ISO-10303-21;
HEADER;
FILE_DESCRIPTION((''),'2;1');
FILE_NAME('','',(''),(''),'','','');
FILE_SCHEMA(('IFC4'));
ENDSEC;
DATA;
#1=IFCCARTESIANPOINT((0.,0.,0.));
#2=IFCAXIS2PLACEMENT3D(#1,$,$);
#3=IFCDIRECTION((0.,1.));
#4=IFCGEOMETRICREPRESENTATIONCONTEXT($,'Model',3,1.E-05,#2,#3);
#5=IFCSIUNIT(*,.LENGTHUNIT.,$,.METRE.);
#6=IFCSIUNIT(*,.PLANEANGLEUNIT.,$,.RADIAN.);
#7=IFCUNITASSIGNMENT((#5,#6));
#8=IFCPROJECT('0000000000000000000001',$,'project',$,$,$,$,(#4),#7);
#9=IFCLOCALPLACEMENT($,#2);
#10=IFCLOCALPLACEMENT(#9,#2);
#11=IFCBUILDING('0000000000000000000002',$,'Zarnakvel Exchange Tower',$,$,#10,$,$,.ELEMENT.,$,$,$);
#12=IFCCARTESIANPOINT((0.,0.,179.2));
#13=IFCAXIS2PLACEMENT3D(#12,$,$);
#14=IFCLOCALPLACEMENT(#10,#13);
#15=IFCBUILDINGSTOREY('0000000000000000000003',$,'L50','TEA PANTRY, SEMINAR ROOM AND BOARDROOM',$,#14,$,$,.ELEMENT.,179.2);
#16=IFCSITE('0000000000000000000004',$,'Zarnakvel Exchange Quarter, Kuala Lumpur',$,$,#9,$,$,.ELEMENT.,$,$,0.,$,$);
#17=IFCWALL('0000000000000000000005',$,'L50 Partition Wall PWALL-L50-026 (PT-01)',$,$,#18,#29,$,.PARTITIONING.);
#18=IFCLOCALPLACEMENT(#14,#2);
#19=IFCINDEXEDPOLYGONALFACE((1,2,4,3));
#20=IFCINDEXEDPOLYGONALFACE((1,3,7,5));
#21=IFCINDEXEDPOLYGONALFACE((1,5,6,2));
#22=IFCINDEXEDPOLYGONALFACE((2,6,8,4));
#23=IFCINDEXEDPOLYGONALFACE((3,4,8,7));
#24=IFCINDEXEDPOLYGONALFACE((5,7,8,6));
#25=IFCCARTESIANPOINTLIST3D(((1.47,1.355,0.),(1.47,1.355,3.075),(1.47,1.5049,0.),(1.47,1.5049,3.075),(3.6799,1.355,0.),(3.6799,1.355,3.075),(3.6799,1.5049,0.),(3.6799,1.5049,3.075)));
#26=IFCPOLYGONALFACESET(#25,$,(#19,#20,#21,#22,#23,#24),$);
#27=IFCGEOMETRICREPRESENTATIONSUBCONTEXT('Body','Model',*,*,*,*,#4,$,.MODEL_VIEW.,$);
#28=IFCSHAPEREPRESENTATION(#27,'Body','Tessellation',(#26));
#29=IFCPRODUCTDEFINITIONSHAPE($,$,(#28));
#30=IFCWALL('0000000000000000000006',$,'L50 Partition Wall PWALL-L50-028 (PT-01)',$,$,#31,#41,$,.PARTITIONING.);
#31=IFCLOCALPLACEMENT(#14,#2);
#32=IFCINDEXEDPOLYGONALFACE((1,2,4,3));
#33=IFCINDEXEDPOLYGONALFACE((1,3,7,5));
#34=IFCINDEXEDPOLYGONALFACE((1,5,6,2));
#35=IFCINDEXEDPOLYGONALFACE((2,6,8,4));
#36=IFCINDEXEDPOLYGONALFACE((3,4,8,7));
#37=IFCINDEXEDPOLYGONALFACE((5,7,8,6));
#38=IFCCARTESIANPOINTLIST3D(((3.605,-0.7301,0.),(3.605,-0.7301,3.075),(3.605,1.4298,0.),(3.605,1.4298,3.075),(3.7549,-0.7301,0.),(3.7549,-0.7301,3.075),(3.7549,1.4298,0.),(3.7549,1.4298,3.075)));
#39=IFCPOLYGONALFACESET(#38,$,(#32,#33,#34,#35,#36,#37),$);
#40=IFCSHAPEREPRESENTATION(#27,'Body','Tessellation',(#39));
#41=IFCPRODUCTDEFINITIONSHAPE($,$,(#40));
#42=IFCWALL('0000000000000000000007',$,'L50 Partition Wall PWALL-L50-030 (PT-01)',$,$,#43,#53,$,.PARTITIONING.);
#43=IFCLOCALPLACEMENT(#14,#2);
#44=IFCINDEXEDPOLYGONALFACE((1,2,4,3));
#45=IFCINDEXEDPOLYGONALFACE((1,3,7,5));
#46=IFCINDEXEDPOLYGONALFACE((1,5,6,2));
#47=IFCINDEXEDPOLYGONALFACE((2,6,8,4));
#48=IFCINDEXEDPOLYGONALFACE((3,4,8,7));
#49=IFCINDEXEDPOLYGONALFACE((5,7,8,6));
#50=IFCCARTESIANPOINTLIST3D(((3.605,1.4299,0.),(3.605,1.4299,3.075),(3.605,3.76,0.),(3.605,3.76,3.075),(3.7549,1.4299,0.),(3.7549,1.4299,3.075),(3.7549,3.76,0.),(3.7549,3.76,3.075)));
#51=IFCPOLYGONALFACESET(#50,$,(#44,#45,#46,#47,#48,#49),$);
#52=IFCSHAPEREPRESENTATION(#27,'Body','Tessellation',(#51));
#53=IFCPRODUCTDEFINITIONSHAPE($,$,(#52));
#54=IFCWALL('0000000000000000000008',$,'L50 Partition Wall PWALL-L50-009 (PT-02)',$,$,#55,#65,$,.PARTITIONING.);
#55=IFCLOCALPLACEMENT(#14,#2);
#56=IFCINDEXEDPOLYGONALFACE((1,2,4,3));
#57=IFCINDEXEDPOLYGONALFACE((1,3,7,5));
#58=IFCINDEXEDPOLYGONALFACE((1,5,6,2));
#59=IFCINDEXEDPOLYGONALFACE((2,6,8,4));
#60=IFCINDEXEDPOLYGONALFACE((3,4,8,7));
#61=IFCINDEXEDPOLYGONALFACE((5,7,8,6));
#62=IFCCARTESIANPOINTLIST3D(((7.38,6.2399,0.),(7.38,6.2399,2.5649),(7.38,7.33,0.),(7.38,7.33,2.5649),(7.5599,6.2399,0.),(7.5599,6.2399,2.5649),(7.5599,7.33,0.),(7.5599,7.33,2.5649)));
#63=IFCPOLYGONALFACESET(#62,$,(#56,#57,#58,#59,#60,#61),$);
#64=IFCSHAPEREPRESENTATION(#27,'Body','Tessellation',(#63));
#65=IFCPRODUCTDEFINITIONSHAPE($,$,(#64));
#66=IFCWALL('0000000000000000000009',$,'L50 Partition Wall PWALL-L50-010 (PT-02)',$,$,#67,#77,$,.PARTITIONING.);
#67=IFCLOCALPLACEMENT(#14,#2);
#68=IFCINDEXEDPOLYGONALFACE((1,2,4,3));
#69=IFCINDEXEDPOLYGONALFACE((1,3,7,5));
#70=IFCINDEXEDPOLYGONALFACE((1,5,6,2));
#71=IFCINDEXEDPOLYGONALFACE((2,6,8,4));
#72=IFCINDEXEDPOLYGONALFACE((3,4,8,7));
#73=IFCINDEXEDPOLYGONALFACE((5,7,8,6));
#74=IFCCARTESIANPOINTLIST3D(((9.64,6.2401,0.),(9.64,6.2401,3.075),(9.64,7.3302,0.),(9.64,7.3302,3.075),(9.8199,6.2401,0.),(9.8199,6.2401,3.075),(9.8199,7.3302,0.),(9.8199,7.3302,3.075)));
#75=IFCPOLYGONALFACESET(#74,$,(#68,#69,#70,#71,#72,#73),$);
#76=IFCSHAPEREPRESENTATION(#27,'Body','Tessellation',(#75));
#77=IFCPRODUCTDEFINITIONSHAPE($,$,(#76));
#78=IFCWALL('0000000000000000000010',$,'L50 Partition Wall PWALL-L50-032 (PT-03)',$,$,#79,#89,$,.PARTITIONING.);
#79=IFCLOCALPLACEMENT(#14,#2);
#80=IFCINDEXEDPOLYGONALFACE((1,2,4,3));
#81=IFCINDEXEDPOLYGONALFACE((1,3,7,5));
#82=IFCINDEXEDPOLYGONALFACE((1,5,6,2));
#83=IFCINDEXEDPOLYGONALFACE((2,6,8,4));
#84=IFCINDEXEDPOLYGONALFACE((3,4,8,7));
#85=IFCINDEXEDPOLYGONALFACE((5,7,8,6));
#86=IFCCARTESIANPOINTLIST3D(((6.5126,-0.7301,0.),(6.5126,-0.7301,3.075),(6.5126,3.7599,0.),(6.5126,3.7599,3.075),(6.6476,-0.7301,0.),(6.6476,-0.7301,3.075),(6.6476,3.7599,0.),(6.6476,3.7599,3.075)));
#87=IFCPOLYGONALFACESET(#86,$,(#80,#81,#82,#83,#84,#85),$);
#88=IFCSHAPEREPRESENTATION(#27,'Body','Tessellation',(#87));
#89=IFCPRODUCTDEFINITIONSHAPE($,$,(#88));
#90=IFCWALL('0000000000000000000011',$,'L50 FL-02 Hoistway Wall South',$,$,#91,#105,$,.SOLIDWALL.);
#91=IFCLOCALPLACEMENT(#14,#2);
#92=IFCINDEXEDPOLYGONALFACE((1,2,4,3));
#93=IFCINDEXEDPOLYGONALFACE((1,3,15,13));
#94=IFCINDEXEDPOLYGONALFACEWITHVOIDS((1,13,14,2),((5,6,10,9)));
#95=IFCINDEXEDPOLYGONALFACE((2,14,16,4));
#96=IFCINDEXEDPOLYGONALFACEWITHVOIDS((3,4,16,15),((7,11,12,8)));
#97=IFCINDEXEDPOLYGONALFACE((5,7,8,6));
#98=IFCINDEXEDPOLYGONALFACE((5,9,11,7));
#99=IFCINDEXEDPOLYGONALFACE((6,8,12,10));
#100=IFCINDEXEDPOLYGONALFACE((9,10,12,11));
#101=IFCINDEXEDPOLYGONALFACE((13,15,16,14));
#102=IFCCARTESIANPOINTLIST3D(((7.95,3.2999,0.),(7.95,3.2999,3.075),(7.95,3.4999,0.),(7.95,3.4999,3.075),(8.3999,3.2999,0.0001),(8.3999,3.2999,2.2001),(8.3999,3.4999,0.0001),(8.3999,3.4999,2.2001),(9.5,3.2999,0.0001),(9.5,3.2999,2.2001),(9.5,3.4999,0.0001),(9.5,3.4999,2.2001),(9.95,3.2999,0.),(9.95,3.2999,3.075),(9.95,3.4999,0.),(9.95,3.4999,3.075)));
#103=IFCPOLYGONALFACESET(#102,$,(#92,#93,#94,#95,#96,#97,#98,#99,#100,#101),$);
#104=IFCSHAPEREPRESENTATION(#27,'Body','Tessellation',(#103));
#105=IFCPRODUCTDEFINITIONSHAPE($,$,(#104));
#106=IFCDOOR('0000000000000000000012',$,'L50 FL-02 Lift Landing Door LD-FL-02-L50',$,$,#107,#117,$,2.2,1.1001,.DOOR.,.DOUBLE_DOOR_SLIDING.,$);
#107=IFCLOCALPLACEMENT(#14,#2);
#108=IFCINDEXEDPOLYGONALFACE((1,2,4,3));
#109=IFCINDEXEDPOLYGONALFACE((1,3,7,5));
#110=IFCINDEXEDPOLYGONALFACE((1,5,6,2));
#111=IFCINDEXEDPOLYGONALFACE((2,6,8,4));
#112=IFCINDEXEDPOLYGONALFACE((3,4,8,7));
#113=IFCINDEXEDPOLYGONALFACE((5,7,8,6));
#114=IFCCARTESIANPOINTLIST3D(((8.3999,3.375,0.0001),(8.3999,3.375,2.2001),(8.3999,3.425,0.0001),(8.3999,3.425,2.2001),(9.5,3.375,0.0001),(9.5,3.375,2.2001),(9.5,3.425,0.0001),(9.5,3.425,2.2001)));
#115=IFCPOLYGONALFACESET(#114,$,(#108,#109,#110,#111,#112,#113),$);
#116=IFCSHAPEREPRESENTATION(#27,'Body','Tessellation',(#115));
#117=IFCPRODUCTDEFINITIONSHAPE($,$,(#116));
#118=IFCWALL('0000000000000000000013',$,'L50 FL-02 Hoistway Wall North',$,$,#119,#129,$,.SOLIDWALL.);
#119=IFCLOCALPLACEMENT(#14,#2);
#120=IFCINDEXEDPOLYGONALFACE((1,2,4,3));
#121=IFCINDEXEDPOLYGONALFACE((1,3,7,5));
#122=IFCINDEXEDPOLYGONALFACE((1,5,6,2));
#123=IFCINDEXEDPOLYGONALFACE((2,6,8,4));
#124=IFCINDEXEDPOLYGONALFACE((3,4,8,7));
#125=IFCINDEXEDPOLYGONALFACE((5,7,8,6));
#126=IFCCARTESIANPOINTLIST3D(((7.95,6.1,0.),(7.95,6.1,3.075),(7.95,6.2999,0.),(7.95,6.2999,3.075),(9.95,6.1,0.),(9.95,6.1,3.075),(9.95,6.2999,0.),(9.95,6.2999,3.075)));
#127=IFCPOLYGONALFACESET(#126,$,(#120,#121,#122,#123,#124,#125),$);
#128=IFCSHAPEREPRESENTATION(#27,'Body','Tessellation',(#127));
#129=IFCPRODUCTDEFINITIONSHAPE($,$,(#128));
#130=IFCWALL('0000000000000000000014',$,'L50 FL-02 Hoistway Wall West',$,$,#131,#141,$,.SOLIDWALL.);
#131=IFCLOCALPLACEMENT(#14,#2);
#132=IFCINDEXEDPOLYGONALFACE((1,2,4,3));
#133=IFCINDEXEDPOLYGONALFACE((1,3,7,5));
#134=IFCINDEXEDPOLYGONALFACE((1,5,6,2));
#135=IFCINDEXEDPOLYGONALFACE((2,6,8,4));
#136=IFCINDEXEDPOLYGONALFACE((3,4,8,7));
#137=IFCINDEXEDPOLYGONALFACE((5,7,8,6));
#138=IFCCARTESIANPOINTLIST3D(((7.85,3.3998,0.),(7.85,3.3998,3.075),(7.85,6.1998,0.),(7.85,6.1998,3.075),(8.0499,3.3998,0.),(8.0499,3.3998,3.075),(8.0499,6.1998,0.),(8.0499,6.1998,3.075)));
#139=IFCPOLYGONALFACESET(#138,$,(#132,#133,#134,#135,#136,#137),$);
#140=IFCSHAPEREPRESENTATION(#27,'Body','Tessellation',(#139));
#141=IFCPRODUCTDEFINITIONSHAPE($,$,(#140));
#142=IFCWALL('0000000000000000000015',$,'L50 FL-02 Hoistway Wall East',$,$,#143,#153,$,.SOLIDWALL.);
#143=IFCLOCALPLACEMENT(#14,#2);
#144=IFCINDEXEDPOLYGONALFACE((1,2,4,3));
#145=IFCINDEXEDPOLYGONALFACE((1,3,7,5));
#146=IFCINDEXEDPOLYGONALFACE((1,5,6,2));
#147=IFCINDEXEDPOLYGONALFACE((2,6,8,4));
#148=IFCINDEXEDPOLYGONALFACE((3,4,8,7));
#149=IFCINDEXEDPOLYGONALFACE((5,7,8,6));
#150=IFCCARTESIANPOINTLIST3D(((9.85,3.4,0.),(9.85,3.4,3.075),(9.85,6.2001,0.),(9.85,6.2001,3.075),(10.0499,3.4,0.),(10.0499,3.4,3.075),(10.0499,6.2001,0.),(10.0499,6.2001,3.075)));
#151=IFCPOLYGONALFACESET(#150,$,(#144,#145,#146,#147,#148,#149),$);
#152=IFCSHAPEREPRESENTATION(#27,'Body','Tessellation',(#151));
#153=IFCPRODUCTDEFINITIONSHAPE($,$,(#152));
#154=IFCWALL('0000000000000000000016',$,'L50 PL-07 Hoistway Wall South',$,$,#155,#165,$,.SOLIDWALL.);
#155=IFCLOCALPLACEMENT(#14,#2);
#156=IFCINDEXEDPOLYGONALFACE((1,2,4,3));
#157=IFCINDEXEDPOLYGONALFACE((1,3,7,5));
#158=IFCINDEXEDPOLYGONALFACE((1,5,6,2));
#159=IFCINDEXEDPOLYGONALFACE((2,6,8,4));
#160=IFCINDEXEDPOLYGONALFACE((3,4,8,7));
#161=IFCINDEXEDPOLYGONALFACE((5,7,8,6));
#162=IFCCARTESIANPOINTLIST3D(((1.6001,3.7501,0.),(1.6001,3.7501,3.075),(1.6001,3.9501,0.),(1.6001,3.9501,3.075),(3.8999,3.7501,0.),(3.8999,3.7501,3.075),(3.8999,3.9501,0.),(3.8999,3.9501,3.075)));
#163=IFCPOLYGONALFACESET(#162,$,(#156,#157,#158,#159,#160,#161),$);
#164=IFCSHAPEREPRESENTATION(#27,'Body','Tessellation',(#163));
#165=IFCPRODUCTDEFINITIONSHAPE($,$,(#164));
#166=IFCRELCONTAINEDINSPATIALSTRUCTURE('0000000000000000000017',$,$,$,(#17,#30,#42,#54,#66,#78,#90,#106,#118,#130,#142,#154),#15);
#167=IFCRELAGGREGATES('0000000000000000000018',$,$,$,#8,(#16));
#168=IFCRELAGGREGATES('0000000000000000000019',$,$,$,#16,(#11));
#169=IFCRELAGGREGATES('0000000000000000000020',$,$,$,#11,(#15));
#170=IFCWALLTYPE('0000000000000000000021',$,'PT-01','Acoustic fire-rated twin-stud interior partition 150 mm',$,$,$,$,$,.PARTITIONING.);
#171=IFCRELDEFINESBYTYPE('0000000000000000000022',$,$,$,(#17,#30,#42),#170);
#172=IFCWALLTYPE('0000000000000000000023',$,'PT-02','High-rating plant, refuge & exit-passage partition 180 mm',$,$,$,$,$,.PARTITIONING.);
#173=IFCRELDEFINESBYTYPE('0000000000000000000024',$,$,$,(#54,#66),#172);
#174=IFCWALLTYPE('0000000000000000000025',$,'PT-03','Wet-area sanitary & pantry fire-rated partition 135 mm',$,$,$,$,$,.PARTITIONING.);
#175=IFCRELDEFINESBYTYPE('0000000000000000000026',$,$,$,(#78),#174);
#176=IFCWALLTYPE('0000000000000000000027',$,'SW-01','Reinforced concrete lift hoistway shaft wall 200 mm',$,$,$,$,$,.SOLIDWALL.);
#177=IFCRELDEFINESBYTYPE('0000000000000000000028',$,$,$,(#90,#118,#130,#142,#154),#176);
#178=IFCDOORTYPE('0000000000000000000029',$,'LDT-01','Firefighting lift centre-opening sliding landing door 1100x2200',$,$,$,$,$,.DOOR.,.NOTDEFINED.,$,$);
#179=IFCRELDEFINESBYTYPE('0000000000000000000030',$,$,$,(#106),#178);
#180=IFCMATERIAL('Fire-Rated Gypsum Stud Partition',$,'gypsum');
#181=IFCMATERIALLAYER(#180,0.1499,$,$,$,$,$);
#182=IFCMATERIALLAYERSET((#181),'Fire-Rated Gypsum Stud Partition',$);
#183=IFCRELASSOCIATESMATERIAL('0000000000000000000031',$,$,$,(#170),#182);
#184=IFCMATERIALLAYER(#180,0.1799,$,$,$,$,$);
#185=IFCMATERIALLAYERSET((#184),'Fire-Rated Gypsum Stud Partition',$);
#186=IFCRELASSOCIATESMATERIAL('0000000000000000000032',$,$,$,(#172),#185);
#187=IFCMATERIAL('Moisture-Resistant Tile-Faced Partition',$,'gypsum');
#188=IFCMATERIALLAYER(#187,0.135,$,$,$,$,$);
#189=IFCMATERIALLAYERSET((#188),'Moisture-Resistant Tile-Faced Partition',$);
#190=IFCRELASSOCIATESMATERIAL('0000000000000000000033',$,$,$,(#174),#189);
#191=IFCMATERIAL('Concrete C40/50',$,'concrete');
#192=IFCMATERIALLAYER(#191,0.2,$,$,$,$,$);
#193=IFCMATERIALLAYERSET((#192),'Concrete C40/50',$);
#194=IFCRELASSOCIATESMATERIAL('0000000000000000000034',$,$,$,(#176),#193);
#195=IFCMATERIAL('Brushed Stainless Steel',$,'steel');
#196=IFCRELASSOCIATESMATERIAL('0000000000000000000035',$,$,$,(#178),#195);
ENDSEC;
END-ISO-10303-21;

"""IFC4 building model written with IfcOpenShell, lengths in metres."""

from ifc_helpers import new_model, si_unit, direction, frame, frame_2d, origin, place, context, subcontext, project, spatial, rectangle, extrude, source, transform, mapped, material, layer, layer_set, type_object, element, fill, save


model = new_model("IFC4")

# Units and contexts
model_context = context("Model", 3, precision=1e-05, world=origin(), true_north=direction((0.0, 1.0)))
body_context = subcontext(model_context, "Body", "Model", "MODEL_VIEW")
ifc_project = project(units=[si_unit("LENGTHUNIT", "METRE"), si_unit("PLANEANGLEUNIT", "RADIAN")], contexts=[model_context])

# Site, building, storey
site_placement = place(None, origin())
site = spatial("IfcSite", under=ifc_project, at=site_placement, Name="Zarnakvel Exchange Quarter, Kuala Lumpur", CompositionType="ELEMENT", RefElevation=0.0)
building_placement = place(site_placement, origin())
building = spatial("IfcBuilding", under=site, at=building_placement, Name="Zarnakvel Exchange Tower", CompositionType="ELEMENT")
storey_placement = place(building_placement, frame((0.0, 0.0, 179.2)))
storey = spatial("IfcBuildingStorey", under=building, at=storey_placement, Name="L50", Description="TEA PANTRY, SEMINAR ROOM AND BOARDROOM", CompositionType="ELEMENT", Elevation=179.2)

# Walls
ifc_material_1 = material(Name="Fire-Rated Gypsum Stud Partition", Category="gypsum")
ifc_layer_1 = layer(ifc_material_1, 0.1499)
ifc_layer_set_1 = layer_set([ifc_layer_1], Name="Fire-Rated Gypsum Stud Partition")
wall_type_1 = type_object("IfcWallType", Name="PT-01", Description="Acoustic fire-rated twin-stud interior partition 150 mm", PredefinedType="PARTITIONING", material=ifc_layer_set_1)
wall_1_placement = place(storey_placement, frame((1.47, 1.4299, 0.0), z_axis=(0.0, 0.0, 1.0), x_axis=(1.0, 0.0, 0.0)))
element("IfcWall", 1, at=wall_1_placement, inside=storey, type_object=wall_type_1, Name="L50 Partition Wall PWALL-L50-026 (PT-01)", PredefinedType="PARTITIONING", context=body_context, shape_type="SweptSolid", body=[
    extrude(rectangle(XDim=2.21, YDim=0.1499, at=frame_2d((1.105, 0.0))), origin(), (0.0, 0.0, 1.0), 3.075),
])
wall_2_placement = place(storey_placement, frame((3.6799, 1.4299, 0.0), z_axis=(0.0, 0.0, 1.0), x_axis=(0.0, -1.0, 0.0)))
element("IfcWall", 2, at=wall_2_placement, inside=storey, type_object=wall_type_1, Name="L50 Partition Wall PWALL-L50-028 (PT-01)", PredefinedType="PARTITIONING", context=body_context, shape_type="SweptSolid", body=[
    extrude(rectangle(XDim=2.1599, YDim=0.1499, at=frame_2d((1.0801, 0.0))), origin(), (0.0, 0.0, 1.0), 3.075),
])

# Walls
wall_3_placement = place(storey_placement, frame((3.6799, 3.76, 0.0), z_axis=(0.0, 0.0, 1.0), x_axis=(0.0, -1.0, 0.0)))
element("IfcWall", 3, at=wall_3_placement, inside=storey, type_object=wall_type_1, Name="L50 Partition Wall PWALL-L50-030 (PT-01)", PredefinedType="PARTITIONING", context=body_context, shape_type="SweptSolid", body=[
    extrude(rectangle(XDim=2.3301, YDim=0.1499, at=frame_2d((1.165, 0.0))), origin(), (0.0, 0.0, 1.0), 3.075),
])
ifc_layer_2 = layer(ifc_material_1, 0.1799)
ifc_layer_set_2 = layer_set([ifc_layer_2], Name="Fire-Rated Gypsum Stud Partition")
wall_type_2 = type_object("IfcWallType", Name="PT-02", Description="High-rating plant, refuge & exit-passage partition 180 mm", PredefinedType="PARTITIONING", material=ifc_layer_set_2)
wall_4_placement = place(storey_placement, frame((7.47, 6.24, 0.0), z_axis=(0.0, 0.0, 1.0), x_axis=(0.0, 1.0, 0.0)))
element("IfcWall", 4, at=wall_4_placement, inside=storey, type_object=wall_type_2, Name="L50 Partition Wall PWALL-L50-009 (PT-02)", PredefinedType="PARTITIONING", context=body_context, shape_type="SweptSolid", body=[
    extrude(rectangle(XDim=1.0901, YDim=0.1799, at=frame_2d((0.5449, 0.0))), origin(), (0.0, 0.0, 1.0), 2.5649),
])
wall_5_placement = place(storey_placement, frame((9.73, 7.3301, 0.0), z_axis=(0.0, 0.0, 1.0), x_axis=(0.0, -1.0, 0.0)))
element("IfcWall", 5, at=wall_5_placement, inside=storey, type_object=wall_type_2, Name="L50 Partition Wall PWALL-L50-010 (PT-02)", PredefinedType="PARTITIONING", context=body_context, shape_type="SweptSolid", body=[
    extrude(rectangle(XDim=1.0901, YDim=0.1799, at=frame_2d((0.5449, 0.0))), origin(), (0.0, 0.0, 1.0), 3.075),
])
ifc_material_2 = material(Name="Moisture-Resistant Tile-Faced Partition", Category="gypsum")
ifc_layer_3 = layer(ifc_material_2, 0.135)
ifc_layer_set_3 = layer_set([ifc_layer_3], Name="Moisture-Resistant Tile-Faced Partition")
wall_type_3 = type_object("IfcWallType", Name="PT-03", Description="Wet-area sanitary & pantry fire-rated partition 135 mm", PredefinedType="PARTITIONING", material=ifc_layer_set_3)
wall_6_placement = place(storey_placement, frame((6.5801, 3.76, 0.0), z_axis=(0.0, 0.0, 1.0), x_axis=(0.0, -1.0, 0.0)))
element("IfcWall", 6, at=wall_6_placement, inside=storey, type_object=wall_type_3, Name="L50 Partition Wall PWALL-L50-032 (PT-03)", PredefinedType="PARTITIONING", context=body_context, shape_type="SweptSolid", body=[
    extrude(rectangle(XDim=4.49, YDim=0.135, at=frame_2d((2.2451, 0.0))), origin(), (0.0, 0.0, 1.0), 3.075),
])

# Wall, opening, door
ifc_material_3 = material(Name="Concrete C40/50", Category="concrete")
ifc_layer_4 = layer(ifc_material_3, 0.2)
ifc_layer_set_4 = layer_set([ifc_layer_4], Name="Concrete C40/50")
wall_type_4 = type_object("IfcWallType", Name="SW-01", Description="Reinforced concrete lift hoistway shaft wall 200 mm", PredefinedType="SOLIDWALL", material=ifc_layer_set_4)
wall_7_placement = place(storey_placement, frame((9.95, 3.3999, 0.0), z_axis=(0.0, 0.0, 1.0), x_axis=(-1.0, 0.0, 0.0)))
wall_7 = element("IfcWall", 7, at=wall_7_placement, inside=storey, type_object=wall_type_4, Name="L50 FL-02 Hoistway Wall South", PredefinedType="SOLIDWALL", context=body_context, shape_type="SweptSolid", body=[
    extrude(rectangle(XDim=2.0, YDim=0.2, at=frame_2d((1.0, 0.0))), origin(), (0.0, 0.0, 1.0), 3.075),
])
opening_1_placement = place(wall_7_placement, frame((0.45, 0.0, 0.0)))
opening_1 = element("IfcOpeningElement", 8, at=opening_1_placement, cuts=wall_7, PredefinedType="OPENING", context=body_context, shape_type="SweptSolid", body=[
    extrude(rectangle(XDim=1.1001, YDim=2.2, at=frame_2d((0.55, 1.1001))), frame((0.0, 0.1099, 0.0), z_axis=(0.0, -1.0, 0.0), x_axis=(1.0, 0.0, 0.0)), (0.0, 0.0, 1.0), 0.22),
])
ifc_material_4 = material(Name="Brushed Stainless Steel", Category="steel")
door_type_1 = type_object("IfcDoorType", Name="LDT-01", Description="Firefighting lift centre-opening sliding landing door 1100x2200", OperationType="NOTDEFINED", PredefinedType="DOOR", material=ifc_material_4)
shared_shape_1 = source(origin(), body_context, "Body", "SweptSolid", [
    extrude(rectangle(XDim=1.1001, YDim=2.2, at=frame_2d((0.55, 1.1001))), frame((0.0, 0.0249, 0.0), z_axis=(0.0, -1.0, 0.0), x_axis=(1.0, 0.0, 0.0)), (0.0, 0.0, 1.0), 0.05),
])
door_1_placement = place(opening_1_placement, origin())
door_1 = element("IfcDoor", 9, at=door_1_placement, inside=storey, type_object=door_type_1, Name="L50 FL-02 Lift Landing Door LD-FL-02-L50", OperationType="DOUBLE_DOOR_SLIDING", OverallHeight=2.2, OverallWidth=1.1001, PredefinedType="DOOR", context=body_context, shape_type="MappedRepresentation", body=[
    mapped(shared_shape_1, transform((0.0, 0.0, 0.0), x_axis=(1.0, 0.0, 0.0), y_axis=(0.0, 1.0, 0.0), z_axis=(0.0, 0.0, 1.0), scale=1.0)),
])
fill(opening_1, door_1)

# Walls
wall_8_placement = place(storey_placement, frame((7.95, 6.2, 0.0), z_axis=(0.0, 0.0, 1.0), x_axis=(1.0, 0.0, 0.0)))
element("IfcWall", 10, at=wall_8_placement, inside=storey, type_object=wall_type_4, Name="L50 FL-02 Hoistway Wall North", PredefinedType="SOLIDWALL", context=body_context, shape_type="SweptSolid", body=[
    extrude(rectangle(XDim=2.0, YDim=0.2, at=frame_2d((1.0, 0.0))), origin(), (0.0, 0.0, 1.0), 3.075),
])
for number, where, z_axis, x_axis, name in (
    (11, (7.95, 3.3999, 0.0), (0.0, 0.0, 1.0), (0.0, 1.0, 0.0), "L50 FL-02 Hoistway Wall West"),
    (12, (9.95, 6.2, 0.0), (0.0, 0.0, 1.0), (0.0, -1.0, 0.0), "L50 FL-02 Hoistway Wall East"),
):
    element("IfcWall", number, at=place(storey_placement, frame(where, z_axis=z_axis, x_axis=x_axis)), inside=storey, type_object=wall_type_4, Name=name, PredefinedType="SOLIDWALL", context=body_context, shape_type="SweptSolid", body=[
        extrude(rectangle(XDim=2.8, YDim=0.2, at=frame_2d((1.3999, 0.0))), origin(), (0.0, 0.0, 1.0), 3.075),
    ])
wall_9_placement = place(storey_placement, frame((3.8999, 3.8501, 0.0), z_axis=(0.0, 0.0, 1.0), x_axis=(-1.0, 0.0, 0.0)))
element("IfcWall", 13, at=wall_9_placement, inside=storey, type_object=wall_type_4, Name="L50 PL-07 Hoistway Wall South", PredefinedType="SOLIDWALL", context=body_context, shape_type="SweptSolid", body=[
    extrude(rectangle(XDim=2.2998, YDim=0.2, at=frame_2d((1.1499, 0.0))), origin(), (0.0, 0.0, 1.0), 3.075),
])

save(model, "model.ifc")
